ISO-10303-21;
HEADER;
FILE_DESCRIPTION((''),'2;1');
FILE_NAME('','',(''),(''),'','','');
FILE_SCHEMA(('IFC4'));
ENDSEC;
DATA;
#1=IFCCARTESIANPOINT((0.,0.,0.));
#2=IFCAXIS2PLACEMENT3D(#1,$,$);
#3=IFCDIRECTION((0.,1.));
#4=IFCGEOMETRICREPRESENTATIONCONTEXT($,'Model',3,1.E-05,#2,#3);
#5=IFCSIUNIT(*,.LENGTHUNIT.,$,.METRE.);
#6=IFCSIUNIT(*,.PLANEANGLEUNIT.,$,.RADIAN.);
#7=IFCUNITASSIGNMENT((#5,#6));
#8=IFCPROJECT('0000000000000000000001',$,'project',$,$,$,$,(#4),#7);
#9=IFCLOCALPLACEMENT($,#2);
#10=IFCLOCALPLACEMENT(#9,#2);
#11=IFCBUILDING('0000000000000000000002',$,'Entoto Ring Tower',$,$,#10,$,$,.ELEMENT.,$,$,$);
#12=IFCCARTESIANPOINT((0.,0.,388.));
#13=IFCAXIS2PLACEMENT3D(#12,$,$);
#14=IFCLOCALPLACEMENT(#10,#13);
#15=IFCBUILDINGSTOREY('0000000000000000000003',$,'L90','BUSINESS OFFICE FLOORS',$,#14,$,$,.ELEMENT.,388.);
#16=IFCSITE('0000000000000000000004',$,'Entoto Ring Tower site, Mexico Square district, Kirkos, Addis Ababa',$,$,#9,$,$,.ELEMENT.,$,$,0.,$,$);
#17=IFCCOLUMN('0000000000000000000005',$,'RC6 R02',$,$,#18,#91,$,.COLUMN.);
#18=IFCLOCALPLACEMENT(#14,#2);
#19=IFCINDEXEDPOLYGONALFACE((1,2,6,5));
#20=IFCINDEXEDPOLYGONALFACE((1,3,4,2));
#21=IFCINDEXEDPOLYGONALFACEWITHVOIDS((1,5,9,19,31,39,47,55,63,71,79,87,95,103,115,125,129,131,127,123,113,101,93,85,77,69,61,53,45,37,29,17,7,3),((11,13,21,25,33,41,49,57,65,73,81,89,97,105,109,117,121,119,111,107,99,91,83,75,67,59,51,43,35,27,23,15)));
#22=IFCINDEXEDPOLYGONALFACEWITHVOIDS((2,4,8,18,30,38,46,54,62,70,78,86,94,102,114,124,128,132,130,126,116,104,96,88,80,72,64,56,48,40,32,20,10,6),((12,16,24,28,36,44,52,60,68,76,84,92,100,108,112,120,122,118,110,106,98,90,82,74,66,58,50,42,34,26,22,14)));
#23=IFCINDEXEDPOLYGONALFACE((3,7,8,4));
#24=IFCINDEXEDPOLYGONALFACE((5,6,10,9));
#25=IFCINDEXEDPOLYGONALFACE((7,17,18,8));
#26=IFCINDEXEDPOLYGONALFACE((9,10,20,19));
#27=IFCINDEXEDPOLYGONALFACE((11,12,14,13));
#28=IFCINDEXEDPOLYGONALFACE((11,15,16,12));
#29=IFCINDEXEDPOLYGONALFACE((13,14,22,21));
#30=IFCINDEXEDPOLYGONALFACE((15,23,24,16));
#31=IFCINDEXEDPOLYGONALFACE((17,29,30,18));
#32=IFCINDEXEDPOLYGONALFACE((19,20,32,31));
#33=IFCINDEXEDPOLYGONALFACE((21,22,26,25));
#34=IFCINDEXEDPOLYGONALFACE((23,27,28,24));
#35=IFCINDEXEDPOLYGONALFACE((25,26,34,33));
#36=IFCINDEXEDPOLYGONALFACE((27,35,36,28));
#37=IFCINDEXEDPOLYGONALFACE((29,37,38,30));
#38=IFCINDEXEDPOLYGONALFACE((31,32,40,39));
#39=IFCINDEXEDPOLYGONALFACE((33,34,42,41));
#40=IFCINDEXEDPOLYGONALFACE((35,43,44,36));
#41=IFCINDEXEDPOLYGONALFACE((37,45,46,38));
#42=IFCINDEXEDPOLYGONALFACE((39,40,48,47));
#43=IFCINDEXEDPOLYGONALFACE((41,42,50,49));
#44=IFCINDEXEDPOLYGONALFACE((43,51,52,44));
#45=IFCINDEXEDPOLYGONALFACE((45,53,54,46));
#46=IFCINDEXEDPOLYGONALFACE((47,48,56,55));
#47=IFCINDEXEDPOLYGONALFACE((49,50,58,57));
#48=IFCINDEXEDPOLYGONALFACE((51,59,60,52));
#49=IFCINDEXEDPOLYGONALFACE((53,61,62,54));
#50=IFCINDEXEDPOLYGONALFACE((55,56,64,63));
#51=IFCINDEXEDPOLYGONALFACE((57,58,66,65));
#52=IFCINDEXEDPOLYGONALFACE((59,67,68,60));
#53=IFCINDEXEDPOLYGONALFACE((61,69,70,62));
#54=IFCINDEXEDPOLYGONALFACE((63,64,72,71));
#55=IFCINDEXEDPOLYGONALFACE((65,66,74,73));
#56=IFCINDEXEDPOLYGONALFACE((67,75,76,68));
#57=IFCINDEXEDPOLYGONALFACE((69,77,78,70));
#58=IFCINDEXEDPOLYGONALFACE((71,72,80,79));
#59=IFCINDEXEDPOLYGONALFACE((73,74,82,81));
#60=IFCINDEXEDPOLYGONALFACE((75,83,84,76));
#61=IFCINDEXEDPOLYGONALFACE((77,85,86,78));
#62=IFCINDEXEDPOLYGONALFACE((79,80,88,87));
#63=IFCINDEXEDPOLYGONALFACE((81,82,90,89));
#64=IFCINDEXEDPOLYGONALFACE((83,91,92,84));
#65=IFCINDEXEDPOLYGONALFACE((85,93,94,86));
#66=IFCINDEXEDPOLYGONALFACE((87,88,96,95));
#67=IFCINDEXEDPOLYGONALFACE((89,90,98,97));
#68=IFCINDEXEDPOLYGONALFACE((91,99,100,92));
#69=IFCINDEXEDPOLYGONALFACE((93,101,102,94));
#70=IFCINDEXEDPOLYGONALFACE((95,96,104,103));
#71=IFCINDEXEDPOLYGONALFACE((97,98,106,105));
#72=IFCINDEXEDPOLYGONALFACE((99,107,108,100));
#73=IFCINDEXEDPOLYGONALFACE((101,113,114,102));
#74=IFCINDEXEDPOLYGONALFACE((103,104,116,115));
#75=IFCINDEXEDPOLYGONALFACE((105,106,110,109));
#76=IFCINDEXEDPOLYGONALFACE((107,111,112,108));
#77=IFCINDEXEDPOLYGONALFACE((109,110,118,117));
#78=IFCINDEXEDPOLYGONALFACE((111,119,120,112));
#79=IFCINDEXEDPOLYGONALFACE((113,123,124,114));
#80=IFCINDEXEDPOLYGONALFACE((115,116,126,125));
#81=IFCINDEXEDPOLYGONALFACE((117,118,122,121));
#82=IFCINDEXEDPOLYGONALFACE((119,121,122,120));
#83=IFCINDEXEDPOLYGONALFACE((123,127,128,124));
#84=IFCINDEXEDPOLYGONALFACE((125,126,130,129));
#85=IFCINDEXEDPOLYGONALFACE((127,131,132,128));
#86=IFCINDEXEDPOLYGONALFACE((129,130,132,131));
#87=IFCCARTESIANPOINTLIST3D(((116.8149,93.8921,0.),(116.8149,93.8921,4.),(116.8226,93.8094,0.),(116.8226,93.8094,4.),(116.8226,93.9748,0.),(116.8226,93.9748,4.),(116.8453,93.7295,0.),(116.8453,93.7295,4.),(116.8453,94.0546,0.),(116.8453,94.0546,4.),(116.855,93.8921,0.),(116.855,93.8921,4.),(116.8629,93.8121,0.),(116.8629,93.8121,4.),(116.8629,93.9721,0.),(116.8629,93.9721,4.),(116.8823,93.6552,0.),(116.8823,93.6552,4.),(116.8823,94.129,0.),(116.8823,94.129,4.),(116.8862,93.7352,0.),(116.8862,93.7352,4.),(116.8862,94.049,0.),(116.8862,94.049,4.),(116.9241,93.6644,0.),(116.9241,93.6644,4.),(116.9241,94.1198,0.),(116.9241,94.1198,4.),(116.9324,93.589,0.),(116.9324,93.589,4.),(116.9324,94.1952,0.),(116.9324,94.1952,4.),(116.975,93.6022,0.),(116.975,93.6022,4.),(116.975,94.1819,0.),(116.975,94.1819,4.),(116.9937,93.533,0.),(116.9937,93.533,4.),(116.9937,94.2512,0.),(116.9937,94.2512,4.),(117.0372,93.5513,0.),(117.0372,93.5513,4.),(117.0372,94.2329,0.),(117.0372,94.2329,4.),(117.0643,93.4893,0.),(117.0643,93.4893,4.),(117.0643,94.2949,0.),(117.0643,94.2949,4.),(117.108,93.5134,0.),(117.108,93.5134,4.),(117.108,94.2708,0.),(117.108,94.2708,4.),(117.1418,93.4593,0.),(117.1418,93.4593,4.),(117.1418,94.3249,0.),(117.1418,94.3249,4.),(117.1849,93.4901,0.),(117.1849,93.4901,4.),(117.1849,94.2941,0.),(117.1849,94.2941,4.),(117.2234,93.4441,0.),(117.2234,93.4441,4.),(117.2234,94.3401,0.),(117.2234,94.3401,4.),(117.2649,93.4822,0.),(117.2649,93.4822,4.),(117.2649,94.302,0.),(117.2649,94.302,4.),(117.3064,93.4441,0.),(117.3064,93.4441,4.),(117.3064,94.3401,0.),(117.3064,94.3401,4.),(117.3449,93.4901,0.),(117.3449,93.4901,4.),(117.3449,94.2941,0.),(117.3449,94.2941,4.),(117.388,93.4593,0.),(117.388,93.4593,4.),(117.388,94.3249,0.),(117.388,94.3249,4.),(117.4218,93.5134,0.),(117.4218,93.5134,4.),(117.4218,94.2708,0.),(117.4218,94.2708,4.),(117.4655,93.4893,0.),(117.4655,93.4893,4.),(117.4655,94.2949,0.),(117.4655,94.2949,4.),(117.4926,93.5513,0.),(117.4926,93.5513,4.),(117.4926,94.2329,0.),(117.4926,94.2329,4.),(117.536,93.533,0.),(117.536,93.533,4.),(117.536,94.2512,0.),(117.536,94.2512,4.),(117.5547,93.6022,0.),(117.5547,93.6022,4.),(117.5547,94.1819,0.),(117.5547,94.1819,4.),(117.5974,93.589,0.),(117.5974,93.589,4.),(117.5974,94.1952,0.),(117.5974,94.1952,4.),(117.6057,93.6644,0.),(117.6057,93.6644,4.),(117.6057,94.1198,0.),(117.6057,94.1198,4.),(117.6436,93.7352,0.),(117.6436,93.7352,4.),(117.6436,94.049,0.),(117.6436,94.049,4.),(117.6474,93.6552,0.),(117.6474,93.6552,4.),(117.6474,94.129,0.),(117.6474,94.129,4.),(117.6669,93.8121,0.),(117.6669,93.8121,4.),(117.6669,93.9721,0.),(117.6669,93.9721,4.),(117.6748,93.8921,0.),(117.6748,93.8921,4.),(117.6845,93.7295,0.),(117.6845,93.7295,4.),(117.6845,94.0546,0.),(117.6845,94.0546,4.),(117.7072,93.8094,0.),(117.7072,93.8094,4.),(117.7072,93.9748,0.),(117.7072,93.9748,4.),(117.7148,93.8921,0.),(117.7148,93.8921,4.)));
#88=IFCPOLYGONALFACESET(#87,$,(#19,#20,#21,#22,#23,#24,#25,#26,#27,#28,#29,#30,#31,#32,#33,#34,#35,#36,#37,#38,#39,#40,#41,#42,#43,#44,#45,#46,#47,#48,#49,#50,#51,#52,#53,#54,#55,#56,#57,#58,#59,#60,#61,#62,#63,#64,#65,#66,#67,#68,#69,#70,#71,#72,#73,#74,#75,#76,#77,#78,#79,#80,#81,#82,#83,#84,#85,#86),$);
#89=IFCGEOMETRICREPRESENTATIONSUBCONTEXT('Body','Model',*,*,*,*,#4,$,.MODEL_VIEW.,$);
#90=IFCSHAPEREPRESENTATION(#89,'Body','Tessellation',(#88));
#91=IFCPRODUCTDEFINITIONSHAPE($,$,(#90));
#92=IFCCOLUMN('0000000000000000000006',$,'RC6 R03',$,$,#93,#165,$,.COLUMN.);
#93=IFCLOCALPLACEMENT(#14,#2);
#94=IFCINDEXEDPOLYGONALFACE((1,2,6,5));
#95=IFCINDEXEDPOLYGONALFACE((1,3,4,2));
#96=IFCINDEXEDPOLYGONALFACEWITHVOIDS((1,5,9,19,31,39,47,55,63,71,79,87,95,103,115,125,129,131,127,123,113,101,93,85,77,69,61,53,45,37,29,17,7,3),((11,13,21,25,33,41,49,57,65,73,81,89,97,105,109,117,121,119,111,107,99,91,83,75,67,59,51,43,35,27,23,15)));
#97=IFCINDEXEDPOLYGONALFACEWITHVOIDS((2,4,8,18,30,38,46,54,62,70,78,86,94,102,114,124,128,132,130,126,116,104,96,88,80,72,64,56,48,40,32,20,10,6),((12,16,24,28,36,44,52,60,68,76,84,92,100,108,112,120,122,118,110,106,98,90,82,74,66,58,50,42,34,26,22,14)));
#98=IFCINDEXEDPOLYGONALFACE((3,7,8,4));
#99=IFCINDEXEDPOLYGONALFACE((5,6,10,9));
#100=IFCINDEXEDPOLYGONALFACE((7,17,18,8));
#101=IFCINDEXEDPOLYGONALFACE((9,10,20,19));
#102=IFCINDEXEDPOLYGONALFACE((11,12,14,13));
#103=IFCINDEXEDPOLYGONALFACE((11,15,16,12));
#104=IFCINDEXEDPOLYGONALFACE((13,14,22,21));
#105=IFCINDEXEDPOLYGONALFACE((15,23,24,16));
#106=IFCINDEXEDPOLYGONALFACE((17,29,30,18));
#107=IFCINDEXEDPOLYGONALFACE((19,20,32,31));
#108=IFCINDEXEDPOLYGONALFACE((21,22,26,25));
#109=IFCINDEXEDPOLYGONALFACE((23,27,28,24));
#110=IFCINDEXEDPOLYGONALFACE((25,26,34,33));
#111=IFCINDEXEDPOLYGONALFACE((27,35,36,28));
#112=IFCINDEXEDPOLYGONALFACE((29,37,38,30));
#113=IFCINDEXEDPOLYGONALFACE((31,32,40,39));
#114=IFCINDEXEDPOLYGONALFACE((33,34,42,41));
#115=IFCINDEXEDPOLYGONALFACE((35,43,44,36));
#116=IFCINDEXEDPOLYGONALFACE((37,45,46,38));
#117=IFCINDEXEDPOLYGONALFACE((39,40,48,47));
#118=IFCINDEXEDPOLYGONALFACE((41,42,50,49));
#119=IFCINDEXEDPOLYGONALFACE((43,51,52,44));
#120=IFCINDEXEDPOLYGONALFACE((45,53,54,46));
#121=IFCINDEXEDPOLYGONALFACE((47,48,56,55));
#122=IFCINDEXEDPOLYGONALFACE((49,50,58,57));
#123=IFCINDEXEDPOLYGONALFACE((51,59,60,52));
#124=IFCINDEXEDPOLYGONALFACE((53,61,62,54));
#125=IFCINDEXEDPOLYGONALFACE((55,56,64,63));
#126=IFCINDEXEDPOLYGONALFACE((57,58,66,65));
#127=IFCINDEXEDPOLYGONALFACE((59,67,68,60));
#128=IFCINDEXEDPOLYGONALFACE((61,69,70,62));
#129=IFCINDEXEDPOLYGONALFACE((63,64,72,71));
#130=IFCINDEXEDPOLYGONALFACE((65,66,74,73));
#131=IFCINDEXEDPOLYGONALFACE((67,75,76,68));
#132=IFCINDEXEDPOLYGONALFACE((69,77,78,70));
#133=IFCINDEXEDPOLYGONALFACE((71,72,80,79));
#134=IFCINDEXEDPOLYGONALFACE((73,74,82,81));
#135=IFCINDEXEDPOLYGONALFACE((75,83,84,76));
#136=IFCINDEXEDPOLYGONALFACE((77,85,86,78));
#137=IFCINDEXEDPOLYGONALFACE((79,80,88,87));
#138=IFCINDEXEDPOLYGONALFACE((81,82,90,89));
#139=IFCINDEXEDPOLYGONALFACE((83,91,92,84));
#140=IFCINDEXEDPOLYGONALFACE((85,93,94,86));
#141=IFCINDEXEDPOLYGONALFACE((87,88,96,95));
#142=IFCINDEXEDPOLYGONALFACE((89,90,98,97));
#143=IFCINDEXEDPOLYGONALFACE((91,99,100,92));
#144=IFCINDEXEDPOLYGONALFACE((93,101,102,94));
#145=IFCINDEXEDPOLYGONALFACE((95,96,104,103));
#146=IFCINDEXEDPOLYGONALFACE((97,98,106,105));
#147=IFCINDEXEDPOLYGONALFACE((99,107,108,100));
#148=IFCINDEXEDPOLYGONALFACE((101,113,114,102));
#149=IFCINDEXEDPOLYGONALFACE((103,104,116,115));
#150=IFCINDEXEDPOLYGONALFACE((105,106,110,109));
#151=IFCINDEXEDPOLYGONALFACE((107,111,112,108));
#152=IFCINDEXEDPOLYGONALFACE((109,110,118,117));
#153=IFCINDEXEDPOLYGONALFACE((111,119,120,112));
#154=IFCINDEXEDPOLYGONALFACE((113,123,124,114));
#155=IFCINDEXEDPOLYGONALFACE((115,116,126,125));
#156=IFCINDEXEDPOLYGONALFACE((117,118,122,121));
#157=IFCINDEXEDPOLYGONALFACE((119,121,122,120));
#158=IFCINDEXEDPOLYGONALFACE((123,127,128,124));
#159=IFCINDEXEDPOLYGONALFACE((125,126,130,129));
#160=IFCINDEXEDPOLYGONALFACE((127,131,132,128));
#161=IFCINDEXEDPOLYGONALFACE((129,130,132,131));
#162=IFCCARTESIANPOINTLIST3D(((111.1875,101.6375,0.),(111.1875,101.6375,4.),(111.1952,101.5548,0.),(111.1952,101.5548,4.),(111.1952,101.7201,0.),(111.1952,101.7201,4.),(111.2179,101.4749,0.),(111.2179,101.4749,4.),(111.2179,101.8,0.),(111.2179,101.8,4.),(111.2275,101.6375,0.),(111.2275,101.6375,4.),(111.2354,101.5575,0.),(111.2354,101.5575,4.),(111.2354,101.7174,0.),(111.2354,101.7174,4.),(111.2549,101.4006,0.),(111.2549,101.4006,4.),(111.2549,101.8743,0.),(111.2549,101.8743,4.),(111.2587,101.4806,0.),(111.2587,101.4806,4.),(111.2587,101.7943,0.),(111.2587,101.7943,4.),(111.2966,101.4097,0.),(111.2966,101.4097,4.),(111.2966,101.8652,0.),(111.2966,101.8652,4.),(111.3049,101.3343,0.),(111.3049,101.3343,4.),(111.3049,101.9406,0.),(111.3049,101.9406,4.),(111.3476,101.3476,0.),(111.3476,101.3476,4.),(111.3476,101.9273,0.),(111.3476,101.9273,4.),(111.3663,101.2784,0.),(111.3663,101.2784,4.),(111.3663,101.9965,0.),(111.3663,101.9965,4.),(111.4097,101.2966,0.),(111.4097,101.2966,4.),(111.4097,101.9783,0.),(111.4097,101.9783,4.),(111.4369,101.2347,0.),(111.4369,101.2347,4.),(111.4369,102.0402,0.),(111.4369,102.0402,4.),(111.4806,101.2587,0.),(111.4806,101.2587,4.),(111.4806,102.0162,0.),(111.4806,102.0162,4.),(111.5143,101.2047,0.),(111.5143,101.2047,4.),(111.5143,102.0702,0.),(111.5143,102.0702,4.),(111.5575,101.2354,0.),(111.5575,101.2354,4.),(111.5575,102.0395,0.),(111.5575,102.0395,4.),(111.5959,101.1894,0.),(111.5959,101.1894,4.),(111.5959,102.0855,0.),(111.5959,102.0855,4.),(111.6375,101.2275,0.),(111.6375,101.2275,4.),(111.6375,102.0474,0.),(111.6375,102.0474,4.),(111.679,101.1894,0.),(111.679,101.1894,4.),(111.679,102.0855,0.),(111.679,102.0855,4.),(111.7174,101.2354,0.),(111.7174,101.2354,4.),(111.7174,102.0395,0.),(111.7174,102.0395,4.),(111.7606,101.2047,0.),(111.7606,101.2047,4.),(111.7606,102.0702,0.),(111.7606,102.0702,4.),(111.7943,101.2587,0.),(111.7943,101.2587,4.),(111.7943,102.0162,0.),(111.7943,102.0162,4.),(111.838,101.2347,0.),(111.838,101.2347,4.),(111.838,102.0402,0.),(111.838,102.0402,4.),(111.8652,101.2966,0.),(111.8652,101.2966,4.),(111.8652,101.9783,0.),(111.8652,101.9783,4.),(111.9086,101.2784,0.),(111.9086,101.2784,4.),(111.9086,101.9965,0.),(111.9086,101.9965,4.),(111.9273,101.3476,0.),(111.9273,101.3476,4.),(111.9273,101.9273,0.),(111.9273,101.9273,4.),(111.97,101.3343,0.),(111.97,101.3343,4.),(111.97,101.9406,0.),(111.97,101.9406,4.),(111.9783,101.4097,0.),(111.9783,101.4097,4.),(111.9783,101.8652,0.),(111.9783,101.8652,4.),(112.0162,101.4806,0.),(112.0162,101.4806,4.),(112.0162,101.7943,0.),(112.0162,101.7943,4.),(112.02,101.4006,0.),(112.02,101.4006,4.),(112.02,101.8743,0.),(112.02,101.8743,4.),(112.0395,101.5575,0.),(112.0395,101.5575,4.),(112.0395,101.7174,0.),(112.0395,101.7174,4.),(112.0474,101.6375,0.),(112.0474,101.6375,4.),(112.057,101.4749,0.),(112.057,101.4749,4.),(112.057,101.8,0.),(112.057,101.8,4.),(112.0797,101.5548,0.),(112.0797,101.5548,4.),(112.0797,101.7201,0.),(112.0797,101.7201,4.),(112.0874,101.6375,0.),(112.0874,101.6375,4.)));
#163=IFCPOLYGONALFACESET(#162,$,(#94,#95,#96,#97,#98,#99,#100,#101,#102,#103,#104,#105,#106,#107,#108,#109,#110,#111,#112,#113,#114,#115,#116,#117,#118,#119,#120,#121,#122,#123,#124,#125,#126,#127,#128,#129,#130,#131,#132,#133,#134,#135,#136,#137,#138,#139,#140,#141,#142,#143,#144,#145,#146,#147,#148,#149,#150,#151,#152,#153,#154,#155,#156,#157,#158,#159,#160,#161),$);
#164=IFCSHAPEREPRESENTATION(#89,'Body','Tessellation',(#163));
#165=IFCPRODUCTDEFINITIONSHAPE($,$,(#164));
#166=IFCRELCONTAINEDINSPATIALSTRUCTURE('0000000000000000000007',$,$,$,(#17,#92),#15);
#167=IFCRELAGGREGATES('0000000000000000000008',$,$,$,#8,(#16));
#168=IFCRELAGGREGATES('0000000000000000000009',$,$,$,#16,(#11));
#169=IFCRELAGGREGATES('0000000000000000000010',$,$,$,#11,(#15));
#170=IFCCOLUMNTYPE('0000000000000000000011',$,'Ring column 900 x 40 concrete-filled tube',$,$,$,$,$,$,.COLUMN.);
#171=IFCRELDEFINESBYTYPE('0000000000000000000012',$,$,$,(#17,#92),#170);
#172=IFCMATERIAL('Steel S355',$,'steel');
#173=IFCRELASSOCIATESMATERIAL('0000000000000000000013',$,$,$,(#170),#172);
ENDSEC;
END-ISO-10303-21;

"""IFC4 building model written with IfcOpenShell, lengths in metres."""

from ifc_helpers import new_model, si_unit, direction, frame, origin, origin_2d, place, context, subcontext, project, spatial, circle, hollow_circle, extrude, material, material_profile, profile_set, type_object, element, save


model = new_model("IFC4")

# Units and contexts
model_context = context("Model", 3, precision=1e-05, world=origin(), true_north=direction((0.0, 1.0)))
body_context = subcontext(model_context, "Body", "Model", "MODEL_VIEW")
ifc_project = project(units=[si_unit("LENGTHUNIT", "METRE"), si_unit("PLANEANGLEUNIT", "RADIAN")], contexts=[model_context])

# Site, building, storey
site_placement = place(None, origin())
site = spatial("IfcSite", under=ifc_project, at=site_placement, Name="Entoto Ring Tower site, Mexico Square district, Kirkos, Addis Ababa", CompositionType="ELEMENT", RefElevation=0.0)
building_placement = place(site_placement, origin())
building = spatial("IfcBuilding", under=site, at=building_placement, Name="Entoto Ring Tower", CompositionType="ELEMENT")
storey_placement = place(building_placement, frame((0.0, 0.0, 388.0)))
storey = spatial("IfcBuildingStorey", under=building, at=storey_placement, Name="L90", Description="BUSINESS OFFICE FLOORS", CompositionType="ELEMENT", Elevation=388.0)

# Columns
ifc_material_1 = material(Name="Steel S355", Category="steel")
ifc_material_profile_1 = material_profile(ifc_material_1, hollow_circle(Radius=0.45, WallThickness=0.04, at=origin_2d()), Name="CHS 900 x 40")
ifc_material_2 = material(Name="Concrete C60/75", Category="concrete")
ifc_material_profile_2 = material_profile(ifc_material_2, circle(Radius=0.4099, at=origin_2d()), Name="Concrete C60/75 infill")
ifc_profile_set_1 = profile_set([ifc_material_profile_1, ifc_material_profile_2], Name="Steel S355")
column_type = type_object("IfcColumnType", Name="Ring column 900 x 40 concrete-filled tube", PredefinedType="COLUMN", material=ifc_profile_set_1)
for number, where, z_axis, x_axis, name in (
    (1, (117.2649, 93.8921, 0.0), (0.0, 0.0, 1.0), (1.0, 0.0, 0.0), "RC6 R02"),
    (2, (111.6375, 101.6375, 0.0), (0.0, 0.0, 1.0), (1.0, 0.0, 0.0), "RC6 R03"),
):
    element("IfcColumn", number, at=place(storey_placement, frame(where, z_axis=z_axis, x_axis=x_axis)), inside=storey, type_object=column_type, Name=name, PredefinedType="COLUMN", context=body_context, shape_type="SweptSolid", body=[
        extrude(hollow_circle(Radius=0.45, WallThickness=0.04, at=origin_2d()), origin(), (0.0, 0.0, 1.0), 4.0),
    ])

save(model, "model.ifc")
